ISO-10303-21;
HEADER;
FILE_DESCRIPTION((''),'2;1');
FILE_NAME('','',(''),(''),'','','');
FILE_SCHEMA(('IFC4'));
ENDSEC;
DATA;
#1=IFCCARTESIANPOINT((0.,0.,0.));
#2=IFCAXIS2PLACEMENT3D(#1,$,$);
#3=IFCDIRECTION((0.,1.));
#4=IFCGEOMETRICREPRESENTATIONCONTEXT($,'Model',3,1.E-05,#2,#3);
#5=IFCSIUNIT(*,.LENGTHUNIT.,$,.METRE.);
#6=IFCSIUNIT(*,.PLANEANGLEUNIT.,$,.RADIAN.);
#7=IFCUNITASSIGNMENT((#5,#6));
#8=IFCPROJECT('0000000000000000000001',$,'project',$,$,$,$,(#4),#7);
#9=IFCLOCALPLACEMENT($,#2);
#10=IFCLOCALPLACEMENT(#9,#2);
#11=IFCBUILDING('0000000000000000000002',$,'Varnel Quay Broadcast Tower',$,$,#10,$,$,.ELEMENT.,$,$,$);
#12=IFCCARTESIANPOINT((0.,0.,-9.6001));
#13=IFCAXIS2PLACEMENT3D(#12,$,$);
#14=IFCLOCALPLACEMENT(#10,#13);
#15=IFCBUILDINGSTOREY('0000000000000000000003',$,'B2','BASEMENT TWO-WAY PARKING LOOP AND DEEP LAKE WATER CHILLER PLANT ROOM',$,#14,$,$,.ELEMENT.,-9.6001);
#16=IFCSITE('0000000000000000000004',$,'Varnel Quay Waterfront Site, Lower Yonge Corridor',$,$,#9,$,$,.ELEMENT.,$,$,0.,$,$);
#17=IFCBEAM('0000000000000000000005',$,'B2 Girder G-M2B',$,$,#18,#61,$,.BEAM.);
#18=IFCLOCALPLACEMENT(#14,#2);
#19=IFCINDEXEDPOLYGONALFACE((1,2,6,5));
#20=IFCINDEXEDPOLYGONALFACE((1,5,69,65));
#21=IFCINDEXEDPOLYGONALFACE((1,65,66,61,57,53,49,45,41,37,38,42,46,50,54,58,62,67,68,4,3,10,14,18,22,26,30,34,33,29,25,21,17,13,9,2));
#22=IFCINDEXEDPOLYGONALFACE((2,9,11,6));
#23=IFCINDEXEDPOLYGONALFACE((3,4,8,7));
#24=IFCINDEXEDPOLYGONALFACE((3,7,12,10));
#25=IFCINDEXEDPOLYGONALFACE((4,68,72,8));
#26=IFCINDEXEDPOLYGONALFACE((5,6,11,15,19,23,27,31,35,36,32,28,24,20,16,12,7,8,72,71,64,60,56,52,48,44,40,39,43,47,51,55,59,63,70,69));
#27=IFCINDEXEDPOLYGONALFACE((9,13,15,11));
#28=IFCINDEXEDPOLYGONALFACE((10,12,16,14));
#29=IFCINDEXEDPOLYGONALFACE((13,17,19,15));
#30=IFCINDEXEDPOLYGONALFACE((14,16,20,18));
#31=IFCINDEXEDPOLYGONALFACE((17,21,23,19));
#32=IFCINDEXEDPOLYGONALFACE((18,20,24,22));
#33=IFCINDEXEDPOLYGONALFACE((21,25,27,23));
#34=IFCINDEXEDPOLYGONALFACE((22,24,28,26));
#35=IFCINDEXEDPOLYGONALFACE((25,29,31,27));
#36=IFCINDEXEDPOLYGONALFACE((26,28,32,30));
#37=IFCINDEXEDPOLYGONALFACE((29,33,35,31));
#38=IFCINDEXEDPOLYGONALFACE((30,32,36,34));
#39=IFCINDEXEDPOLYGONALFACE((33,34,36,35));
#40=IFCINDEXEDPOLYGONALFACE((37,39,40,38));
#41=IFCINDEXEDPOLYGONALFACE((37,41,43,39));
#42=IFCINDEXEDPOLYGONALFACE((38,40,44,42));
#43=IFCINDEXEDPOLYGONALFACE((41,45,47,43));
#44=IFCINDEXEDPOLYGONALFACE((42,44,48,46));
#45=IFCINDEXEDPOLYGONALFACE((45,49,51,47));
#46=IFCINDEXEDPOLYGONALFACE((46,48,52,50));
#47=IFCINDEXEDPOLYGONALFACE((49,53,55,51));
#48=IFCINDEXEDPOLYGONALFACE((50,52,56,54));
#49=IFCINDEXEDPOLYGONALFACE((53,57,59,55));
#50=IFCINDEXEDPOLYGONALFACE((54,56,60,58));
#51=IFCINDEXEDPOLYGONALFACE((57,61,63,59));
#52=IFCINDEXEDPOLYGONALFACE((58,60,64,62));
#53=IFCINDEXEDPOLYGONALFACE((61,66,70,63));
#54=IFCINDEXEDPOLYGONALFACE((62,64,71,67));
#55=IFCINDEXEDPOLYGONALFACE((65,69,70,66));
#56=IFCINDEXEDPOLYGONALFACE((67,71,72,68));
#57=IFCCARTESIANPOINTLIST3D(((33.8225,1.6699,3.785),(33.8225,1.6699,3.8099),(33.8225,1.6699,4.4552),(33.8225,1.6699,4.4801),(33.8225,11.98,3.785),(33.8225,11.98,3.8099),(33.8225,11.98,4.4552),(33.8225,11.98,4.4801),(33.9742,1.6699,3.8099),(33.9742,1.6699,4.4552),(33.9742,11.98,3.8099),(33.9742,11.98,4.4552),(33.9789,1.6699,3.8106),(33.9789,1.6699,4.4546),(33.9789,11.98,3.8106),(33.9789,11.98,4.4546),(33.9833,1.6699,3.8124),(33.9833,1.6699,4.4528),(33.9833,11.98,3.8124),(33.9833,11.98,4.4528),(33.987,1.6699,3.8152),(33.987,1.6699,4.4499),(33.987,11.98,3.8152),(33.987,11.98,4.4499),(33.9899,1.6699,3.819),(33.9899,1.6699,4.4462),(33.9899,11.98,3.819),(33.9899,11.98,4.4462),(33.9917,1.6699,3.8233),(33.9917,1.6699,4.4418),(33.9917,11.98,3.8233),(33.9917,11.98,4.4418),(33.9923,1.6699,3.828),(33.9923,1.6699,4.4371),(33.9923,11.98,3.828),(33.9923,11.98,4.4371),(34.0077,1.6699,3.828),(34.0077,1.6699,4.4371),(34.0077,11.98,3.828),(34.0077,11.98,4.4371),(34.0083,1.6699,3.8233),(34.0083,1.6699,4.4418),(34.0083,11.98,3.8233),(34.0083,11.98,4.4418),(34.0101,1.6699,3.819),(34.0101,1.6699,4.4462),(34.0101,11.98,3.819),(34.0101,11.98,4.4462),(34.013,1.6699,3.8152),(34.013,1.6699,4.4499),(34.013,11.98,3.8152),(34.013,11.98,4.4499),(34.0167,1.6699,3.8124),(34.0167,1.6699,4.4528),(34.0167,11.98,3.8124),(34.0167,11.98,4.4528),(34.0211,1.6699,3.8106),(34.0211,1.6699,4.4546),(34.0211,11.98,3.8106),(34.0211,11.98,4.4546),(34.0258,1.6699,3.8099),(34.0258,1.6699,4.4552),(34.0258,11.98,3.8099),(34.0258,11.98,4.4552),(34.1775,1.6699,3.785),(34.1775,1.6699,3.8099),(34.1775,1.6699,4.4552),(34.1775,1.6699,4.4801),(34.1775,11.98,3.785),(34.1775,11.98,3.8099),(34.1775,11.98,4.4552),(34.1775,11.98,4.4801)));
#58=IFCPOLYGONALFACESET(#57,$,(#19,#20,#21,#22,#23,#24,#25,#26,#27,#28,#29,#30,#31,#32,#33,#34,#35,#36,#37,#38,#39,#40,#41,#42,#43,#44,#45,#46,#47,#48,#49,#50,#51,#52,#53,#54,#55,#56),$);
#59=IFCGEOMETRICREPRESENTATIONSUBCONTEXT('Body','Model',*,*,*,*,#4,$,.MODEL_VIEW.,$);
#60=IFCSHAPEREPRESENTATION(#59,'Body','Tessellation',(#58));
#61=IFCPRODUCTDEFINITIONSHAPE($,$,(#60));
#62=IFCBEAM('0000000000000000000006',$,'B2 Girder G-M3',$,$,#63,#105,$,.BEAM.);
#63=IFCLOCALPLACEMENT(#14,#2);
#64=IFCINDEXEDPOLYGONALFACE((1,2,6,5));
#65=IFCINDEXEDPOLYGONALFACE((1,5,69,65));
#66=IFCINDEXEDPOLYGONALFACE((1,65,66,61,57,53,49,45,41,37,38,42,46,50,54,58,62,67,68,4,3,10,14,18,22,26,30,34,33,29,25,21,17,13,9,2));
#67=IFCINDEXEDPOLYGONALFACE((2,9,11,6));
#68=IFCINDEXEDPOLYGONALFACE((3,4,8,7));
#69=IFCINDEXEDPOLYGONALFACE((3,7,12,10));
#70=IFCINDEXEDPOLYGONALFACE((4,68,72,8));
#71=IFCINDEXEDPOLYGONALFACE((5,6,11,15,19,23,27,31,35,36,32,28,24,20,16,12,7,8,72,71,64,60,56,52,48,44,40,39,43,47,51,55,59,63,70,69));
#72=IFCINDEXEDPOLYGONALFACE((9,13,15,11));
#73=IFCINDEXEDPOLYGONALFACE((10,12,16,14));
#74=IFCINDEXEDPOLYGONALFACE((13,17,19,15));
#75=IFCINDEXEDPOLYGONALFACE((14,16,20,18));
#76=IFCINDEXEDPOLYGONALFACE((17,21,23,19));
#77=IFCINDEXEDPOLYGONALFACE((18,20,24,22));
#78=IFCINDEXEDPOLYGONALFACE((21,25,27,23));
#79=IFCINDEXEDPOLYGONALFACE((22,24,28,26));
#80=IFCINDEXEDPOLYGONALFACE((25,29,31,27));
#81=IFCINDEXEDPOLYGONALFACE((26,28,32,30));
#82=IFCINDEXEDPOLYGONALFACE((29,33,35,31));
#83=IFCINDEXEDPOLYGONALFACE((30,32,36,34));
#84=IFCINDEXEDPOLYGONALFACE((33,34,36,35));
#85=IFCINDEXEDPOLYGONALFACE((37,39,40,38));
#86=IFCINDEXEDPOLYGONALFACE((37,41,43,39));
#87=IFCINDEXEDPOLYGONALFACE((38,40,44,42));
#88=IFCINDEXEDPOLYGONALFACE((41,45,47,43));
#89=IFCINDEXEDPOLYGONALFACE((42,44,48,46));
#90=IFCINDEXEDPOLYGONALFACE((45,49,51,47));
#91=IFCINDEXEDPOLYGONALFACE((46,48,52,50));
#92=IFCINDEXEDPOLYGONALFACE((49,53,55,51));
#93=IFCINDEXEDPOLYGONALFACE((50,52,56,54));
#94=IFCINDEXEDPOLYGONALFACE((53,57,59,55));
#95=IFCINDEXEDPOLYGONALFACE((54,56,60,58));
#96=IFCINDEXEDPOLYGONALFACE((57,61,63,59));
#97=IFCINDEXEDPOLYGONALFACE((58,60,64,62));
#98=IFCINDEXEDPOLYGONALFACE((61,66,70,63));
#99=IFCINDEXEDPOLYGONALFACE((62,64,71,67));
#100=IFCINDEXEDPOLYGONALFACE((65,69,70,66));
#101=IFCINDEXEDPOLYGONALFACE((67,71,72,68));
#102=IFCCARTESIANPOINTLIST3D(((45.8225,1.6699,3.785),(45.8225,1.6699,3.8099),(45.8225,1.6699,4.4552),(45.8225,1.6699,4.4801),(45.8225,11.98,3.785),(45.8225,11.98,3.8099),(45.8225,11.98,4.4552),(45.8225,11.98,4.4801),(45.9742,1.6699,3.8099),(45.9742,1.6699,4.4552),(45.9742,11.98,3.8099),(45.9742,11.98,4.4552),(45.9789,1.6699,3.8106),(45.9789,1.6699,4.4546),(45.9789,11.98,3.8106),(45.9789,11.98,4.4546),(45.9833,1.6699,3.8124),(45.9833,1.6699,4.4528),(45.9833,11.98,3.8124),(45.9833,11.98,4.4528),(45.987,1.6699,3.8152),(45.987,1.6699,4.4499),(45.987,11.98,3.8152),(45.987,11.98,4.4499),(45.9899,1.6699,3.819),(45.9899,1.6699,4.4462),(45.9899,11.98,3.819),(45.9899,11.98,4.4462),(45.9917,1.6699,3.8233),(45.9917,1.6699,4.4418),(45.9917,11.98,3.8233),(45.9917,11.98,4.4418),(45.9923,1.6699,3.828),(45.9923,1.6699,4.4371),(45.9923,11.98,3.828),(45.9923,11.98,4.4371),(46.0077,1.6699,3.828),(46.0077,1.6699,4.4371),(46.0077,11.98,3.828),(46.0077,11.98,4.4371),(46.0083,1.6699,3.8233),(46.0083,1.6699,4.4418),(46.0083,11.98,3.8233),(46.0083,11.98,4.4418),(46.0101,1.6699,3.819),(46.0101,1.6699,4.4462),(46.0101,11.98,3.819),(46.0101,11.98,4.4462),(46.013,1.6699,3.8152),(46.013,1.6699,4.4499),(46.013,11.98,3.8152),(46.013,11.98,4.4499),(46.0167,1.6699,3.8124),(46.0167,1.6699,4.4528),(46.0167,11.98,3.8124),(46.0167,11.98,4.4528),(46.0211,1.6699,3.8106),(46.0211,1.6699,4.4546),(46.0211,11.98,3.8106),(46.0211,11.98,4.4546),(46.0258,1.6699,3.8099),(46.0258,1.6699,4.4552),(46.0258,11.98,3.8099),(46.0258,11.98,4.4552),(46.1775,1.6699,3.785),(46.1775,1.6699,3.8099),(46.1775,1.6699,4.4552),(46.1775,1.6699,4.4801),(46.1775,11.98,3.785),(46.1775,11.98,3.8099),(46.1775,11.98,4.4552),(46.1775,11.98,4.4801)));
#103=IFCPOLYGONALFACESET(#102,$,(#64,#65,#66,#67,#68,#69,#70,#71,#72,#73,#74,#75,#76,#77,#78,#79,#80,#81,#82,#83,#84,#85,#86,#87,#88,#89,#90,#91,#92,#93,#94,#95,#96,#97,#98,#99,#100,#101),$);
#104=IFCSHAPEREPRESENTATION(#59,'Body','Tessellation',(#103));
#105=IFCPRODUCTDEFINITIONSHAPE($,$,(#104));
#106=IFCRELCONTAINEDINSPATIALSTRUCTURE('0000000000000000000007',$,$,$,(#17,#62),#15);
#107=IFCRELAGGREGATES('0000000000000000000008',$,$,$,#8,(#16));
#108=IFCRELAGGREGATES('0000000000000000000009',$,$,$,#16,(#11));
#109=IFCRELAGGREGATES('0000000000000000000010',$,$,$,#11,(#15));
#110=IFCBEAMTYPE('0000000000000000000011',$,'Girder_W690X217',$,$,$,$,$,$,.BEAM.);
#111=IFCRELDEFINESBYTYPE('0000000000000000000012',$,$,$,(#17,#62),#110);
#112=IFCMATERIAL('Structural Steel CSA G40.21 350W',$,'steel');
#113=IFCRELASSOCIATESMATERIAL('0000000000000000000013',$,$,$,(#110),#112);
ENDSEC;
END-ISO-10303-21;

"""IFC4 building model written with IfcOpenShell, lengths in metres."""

from ifc_helpers import new_model, si_unit, direction, frame, origin, origin_2d, place, context, subcontext, project, spatial, i_section, extrude, source, transform, mapped, material, material_profile, profile_set, type_object, element, save


model = new_model("IFC4")

# Units and contexts
model_context = context("Model", 3, precision=1e-05, world=origin(), true_north=direction((0.0, 1.0)))
body_context = subcontext(model_context, "Body", "Model", "MODEL_VIEW")
ifc_project = project(units=[si_unit("LENGTHUNIT", "METRE"), si_unit("PLANEANGLEUNIT", "RADIAN")], contexts=[model_context])

# Site, building, storey
site_placement = place(None, origin())
site = spatial("IfcSite", under=ifc_project, at=site_placement, Name="Varnel Quay Waterfront Site, Lower Yonge Corridor", CompositionType="ELEMENT", RefElevation=0.0)
building_placement = place(site_placement, origin())
building = spatial("IfcBuilding", under=site, at=building_placement, Name="Varnel Quay Broadcast Tower", CompositionType="ELEMENT")
storey_placement = place(building_placement, frame((0.0, 0.0, -9.6001)))
storey = spatial("IfcBuildingStorey", under=building, at=storey_placement, Name="B2", Description="BASEMENT TWO-WAY PARKING LOOP AND DEEP LAKE WATER CHILLER PLANT ROOM", CompositionType="ELEMENT", Elevation=-9.6001)

# Beams
ifc_material_1 = material(Name="Structural Steel CSA G40.21 350W", Category="steel")
ifc_material_profile_1 = material_profile(ifc_material_1, i_section(OverallWidth=0.355, OverallDepth=0.6951, WebThickness=0.0154, FlangeThickness=0.0249, FilletRadius=0.0181, at=origin_2d()), Name="W690X217")
ifc_profile_set_1 = profile_set([ifc_material_profile_1], Name="Structural Steel CSA G40.21 350W")
beam_type_1 = type_object("IfcBeamType", Name="Girder_W690X217", PredefinedType="BEAM", material=ifc_profile_set_1)
shared_shape_1 = source(origin(), body_context, "Body", "SweptSolid", [
    extrude(i_section(OverallWidth=0.355, OverallDepth=0.6951, WebThickness=0.0154, FlangeThickness=0.0249, FilletRadius=0.0181, at=origin_2d()), origin(), (0.0, 0.0, 1.0), 10.3101),
])
for number, where, z_axis, x_axis, name in (
    (1, (34.0, 1.6699, 4.1326), (0.0, 1.0, 0.0), (-1.0, 0.0, 0.0), "B2 Girder G-M2B"),
    (2, (46.0, 1.6699, 4.1326), (0.0, 1.0, 0.0), (-1.0, 0.0, 0.0), "B2 Girder G-M3"),
):
    element("IfcBeam", number, at=place(storey_placement, frame(where, z_axis=z_axis, x_axis=x_axis)), inside=storey, type_object=beam_type_1, Name=name, PredefinedType="BEAM", context=body_context, shape_type="MappedRepresentation", body=[
        mapped(shared_shape_1, transform((0.0, 0.0, 0.0), x_axis=(1.0, 0.0, 0.0), y_axis=(0.0, 1.0, 0.0), z_axis=(0.0, 0.0, 1.0), scale=1.0)),
    ])

save(model, "model.ifc")
